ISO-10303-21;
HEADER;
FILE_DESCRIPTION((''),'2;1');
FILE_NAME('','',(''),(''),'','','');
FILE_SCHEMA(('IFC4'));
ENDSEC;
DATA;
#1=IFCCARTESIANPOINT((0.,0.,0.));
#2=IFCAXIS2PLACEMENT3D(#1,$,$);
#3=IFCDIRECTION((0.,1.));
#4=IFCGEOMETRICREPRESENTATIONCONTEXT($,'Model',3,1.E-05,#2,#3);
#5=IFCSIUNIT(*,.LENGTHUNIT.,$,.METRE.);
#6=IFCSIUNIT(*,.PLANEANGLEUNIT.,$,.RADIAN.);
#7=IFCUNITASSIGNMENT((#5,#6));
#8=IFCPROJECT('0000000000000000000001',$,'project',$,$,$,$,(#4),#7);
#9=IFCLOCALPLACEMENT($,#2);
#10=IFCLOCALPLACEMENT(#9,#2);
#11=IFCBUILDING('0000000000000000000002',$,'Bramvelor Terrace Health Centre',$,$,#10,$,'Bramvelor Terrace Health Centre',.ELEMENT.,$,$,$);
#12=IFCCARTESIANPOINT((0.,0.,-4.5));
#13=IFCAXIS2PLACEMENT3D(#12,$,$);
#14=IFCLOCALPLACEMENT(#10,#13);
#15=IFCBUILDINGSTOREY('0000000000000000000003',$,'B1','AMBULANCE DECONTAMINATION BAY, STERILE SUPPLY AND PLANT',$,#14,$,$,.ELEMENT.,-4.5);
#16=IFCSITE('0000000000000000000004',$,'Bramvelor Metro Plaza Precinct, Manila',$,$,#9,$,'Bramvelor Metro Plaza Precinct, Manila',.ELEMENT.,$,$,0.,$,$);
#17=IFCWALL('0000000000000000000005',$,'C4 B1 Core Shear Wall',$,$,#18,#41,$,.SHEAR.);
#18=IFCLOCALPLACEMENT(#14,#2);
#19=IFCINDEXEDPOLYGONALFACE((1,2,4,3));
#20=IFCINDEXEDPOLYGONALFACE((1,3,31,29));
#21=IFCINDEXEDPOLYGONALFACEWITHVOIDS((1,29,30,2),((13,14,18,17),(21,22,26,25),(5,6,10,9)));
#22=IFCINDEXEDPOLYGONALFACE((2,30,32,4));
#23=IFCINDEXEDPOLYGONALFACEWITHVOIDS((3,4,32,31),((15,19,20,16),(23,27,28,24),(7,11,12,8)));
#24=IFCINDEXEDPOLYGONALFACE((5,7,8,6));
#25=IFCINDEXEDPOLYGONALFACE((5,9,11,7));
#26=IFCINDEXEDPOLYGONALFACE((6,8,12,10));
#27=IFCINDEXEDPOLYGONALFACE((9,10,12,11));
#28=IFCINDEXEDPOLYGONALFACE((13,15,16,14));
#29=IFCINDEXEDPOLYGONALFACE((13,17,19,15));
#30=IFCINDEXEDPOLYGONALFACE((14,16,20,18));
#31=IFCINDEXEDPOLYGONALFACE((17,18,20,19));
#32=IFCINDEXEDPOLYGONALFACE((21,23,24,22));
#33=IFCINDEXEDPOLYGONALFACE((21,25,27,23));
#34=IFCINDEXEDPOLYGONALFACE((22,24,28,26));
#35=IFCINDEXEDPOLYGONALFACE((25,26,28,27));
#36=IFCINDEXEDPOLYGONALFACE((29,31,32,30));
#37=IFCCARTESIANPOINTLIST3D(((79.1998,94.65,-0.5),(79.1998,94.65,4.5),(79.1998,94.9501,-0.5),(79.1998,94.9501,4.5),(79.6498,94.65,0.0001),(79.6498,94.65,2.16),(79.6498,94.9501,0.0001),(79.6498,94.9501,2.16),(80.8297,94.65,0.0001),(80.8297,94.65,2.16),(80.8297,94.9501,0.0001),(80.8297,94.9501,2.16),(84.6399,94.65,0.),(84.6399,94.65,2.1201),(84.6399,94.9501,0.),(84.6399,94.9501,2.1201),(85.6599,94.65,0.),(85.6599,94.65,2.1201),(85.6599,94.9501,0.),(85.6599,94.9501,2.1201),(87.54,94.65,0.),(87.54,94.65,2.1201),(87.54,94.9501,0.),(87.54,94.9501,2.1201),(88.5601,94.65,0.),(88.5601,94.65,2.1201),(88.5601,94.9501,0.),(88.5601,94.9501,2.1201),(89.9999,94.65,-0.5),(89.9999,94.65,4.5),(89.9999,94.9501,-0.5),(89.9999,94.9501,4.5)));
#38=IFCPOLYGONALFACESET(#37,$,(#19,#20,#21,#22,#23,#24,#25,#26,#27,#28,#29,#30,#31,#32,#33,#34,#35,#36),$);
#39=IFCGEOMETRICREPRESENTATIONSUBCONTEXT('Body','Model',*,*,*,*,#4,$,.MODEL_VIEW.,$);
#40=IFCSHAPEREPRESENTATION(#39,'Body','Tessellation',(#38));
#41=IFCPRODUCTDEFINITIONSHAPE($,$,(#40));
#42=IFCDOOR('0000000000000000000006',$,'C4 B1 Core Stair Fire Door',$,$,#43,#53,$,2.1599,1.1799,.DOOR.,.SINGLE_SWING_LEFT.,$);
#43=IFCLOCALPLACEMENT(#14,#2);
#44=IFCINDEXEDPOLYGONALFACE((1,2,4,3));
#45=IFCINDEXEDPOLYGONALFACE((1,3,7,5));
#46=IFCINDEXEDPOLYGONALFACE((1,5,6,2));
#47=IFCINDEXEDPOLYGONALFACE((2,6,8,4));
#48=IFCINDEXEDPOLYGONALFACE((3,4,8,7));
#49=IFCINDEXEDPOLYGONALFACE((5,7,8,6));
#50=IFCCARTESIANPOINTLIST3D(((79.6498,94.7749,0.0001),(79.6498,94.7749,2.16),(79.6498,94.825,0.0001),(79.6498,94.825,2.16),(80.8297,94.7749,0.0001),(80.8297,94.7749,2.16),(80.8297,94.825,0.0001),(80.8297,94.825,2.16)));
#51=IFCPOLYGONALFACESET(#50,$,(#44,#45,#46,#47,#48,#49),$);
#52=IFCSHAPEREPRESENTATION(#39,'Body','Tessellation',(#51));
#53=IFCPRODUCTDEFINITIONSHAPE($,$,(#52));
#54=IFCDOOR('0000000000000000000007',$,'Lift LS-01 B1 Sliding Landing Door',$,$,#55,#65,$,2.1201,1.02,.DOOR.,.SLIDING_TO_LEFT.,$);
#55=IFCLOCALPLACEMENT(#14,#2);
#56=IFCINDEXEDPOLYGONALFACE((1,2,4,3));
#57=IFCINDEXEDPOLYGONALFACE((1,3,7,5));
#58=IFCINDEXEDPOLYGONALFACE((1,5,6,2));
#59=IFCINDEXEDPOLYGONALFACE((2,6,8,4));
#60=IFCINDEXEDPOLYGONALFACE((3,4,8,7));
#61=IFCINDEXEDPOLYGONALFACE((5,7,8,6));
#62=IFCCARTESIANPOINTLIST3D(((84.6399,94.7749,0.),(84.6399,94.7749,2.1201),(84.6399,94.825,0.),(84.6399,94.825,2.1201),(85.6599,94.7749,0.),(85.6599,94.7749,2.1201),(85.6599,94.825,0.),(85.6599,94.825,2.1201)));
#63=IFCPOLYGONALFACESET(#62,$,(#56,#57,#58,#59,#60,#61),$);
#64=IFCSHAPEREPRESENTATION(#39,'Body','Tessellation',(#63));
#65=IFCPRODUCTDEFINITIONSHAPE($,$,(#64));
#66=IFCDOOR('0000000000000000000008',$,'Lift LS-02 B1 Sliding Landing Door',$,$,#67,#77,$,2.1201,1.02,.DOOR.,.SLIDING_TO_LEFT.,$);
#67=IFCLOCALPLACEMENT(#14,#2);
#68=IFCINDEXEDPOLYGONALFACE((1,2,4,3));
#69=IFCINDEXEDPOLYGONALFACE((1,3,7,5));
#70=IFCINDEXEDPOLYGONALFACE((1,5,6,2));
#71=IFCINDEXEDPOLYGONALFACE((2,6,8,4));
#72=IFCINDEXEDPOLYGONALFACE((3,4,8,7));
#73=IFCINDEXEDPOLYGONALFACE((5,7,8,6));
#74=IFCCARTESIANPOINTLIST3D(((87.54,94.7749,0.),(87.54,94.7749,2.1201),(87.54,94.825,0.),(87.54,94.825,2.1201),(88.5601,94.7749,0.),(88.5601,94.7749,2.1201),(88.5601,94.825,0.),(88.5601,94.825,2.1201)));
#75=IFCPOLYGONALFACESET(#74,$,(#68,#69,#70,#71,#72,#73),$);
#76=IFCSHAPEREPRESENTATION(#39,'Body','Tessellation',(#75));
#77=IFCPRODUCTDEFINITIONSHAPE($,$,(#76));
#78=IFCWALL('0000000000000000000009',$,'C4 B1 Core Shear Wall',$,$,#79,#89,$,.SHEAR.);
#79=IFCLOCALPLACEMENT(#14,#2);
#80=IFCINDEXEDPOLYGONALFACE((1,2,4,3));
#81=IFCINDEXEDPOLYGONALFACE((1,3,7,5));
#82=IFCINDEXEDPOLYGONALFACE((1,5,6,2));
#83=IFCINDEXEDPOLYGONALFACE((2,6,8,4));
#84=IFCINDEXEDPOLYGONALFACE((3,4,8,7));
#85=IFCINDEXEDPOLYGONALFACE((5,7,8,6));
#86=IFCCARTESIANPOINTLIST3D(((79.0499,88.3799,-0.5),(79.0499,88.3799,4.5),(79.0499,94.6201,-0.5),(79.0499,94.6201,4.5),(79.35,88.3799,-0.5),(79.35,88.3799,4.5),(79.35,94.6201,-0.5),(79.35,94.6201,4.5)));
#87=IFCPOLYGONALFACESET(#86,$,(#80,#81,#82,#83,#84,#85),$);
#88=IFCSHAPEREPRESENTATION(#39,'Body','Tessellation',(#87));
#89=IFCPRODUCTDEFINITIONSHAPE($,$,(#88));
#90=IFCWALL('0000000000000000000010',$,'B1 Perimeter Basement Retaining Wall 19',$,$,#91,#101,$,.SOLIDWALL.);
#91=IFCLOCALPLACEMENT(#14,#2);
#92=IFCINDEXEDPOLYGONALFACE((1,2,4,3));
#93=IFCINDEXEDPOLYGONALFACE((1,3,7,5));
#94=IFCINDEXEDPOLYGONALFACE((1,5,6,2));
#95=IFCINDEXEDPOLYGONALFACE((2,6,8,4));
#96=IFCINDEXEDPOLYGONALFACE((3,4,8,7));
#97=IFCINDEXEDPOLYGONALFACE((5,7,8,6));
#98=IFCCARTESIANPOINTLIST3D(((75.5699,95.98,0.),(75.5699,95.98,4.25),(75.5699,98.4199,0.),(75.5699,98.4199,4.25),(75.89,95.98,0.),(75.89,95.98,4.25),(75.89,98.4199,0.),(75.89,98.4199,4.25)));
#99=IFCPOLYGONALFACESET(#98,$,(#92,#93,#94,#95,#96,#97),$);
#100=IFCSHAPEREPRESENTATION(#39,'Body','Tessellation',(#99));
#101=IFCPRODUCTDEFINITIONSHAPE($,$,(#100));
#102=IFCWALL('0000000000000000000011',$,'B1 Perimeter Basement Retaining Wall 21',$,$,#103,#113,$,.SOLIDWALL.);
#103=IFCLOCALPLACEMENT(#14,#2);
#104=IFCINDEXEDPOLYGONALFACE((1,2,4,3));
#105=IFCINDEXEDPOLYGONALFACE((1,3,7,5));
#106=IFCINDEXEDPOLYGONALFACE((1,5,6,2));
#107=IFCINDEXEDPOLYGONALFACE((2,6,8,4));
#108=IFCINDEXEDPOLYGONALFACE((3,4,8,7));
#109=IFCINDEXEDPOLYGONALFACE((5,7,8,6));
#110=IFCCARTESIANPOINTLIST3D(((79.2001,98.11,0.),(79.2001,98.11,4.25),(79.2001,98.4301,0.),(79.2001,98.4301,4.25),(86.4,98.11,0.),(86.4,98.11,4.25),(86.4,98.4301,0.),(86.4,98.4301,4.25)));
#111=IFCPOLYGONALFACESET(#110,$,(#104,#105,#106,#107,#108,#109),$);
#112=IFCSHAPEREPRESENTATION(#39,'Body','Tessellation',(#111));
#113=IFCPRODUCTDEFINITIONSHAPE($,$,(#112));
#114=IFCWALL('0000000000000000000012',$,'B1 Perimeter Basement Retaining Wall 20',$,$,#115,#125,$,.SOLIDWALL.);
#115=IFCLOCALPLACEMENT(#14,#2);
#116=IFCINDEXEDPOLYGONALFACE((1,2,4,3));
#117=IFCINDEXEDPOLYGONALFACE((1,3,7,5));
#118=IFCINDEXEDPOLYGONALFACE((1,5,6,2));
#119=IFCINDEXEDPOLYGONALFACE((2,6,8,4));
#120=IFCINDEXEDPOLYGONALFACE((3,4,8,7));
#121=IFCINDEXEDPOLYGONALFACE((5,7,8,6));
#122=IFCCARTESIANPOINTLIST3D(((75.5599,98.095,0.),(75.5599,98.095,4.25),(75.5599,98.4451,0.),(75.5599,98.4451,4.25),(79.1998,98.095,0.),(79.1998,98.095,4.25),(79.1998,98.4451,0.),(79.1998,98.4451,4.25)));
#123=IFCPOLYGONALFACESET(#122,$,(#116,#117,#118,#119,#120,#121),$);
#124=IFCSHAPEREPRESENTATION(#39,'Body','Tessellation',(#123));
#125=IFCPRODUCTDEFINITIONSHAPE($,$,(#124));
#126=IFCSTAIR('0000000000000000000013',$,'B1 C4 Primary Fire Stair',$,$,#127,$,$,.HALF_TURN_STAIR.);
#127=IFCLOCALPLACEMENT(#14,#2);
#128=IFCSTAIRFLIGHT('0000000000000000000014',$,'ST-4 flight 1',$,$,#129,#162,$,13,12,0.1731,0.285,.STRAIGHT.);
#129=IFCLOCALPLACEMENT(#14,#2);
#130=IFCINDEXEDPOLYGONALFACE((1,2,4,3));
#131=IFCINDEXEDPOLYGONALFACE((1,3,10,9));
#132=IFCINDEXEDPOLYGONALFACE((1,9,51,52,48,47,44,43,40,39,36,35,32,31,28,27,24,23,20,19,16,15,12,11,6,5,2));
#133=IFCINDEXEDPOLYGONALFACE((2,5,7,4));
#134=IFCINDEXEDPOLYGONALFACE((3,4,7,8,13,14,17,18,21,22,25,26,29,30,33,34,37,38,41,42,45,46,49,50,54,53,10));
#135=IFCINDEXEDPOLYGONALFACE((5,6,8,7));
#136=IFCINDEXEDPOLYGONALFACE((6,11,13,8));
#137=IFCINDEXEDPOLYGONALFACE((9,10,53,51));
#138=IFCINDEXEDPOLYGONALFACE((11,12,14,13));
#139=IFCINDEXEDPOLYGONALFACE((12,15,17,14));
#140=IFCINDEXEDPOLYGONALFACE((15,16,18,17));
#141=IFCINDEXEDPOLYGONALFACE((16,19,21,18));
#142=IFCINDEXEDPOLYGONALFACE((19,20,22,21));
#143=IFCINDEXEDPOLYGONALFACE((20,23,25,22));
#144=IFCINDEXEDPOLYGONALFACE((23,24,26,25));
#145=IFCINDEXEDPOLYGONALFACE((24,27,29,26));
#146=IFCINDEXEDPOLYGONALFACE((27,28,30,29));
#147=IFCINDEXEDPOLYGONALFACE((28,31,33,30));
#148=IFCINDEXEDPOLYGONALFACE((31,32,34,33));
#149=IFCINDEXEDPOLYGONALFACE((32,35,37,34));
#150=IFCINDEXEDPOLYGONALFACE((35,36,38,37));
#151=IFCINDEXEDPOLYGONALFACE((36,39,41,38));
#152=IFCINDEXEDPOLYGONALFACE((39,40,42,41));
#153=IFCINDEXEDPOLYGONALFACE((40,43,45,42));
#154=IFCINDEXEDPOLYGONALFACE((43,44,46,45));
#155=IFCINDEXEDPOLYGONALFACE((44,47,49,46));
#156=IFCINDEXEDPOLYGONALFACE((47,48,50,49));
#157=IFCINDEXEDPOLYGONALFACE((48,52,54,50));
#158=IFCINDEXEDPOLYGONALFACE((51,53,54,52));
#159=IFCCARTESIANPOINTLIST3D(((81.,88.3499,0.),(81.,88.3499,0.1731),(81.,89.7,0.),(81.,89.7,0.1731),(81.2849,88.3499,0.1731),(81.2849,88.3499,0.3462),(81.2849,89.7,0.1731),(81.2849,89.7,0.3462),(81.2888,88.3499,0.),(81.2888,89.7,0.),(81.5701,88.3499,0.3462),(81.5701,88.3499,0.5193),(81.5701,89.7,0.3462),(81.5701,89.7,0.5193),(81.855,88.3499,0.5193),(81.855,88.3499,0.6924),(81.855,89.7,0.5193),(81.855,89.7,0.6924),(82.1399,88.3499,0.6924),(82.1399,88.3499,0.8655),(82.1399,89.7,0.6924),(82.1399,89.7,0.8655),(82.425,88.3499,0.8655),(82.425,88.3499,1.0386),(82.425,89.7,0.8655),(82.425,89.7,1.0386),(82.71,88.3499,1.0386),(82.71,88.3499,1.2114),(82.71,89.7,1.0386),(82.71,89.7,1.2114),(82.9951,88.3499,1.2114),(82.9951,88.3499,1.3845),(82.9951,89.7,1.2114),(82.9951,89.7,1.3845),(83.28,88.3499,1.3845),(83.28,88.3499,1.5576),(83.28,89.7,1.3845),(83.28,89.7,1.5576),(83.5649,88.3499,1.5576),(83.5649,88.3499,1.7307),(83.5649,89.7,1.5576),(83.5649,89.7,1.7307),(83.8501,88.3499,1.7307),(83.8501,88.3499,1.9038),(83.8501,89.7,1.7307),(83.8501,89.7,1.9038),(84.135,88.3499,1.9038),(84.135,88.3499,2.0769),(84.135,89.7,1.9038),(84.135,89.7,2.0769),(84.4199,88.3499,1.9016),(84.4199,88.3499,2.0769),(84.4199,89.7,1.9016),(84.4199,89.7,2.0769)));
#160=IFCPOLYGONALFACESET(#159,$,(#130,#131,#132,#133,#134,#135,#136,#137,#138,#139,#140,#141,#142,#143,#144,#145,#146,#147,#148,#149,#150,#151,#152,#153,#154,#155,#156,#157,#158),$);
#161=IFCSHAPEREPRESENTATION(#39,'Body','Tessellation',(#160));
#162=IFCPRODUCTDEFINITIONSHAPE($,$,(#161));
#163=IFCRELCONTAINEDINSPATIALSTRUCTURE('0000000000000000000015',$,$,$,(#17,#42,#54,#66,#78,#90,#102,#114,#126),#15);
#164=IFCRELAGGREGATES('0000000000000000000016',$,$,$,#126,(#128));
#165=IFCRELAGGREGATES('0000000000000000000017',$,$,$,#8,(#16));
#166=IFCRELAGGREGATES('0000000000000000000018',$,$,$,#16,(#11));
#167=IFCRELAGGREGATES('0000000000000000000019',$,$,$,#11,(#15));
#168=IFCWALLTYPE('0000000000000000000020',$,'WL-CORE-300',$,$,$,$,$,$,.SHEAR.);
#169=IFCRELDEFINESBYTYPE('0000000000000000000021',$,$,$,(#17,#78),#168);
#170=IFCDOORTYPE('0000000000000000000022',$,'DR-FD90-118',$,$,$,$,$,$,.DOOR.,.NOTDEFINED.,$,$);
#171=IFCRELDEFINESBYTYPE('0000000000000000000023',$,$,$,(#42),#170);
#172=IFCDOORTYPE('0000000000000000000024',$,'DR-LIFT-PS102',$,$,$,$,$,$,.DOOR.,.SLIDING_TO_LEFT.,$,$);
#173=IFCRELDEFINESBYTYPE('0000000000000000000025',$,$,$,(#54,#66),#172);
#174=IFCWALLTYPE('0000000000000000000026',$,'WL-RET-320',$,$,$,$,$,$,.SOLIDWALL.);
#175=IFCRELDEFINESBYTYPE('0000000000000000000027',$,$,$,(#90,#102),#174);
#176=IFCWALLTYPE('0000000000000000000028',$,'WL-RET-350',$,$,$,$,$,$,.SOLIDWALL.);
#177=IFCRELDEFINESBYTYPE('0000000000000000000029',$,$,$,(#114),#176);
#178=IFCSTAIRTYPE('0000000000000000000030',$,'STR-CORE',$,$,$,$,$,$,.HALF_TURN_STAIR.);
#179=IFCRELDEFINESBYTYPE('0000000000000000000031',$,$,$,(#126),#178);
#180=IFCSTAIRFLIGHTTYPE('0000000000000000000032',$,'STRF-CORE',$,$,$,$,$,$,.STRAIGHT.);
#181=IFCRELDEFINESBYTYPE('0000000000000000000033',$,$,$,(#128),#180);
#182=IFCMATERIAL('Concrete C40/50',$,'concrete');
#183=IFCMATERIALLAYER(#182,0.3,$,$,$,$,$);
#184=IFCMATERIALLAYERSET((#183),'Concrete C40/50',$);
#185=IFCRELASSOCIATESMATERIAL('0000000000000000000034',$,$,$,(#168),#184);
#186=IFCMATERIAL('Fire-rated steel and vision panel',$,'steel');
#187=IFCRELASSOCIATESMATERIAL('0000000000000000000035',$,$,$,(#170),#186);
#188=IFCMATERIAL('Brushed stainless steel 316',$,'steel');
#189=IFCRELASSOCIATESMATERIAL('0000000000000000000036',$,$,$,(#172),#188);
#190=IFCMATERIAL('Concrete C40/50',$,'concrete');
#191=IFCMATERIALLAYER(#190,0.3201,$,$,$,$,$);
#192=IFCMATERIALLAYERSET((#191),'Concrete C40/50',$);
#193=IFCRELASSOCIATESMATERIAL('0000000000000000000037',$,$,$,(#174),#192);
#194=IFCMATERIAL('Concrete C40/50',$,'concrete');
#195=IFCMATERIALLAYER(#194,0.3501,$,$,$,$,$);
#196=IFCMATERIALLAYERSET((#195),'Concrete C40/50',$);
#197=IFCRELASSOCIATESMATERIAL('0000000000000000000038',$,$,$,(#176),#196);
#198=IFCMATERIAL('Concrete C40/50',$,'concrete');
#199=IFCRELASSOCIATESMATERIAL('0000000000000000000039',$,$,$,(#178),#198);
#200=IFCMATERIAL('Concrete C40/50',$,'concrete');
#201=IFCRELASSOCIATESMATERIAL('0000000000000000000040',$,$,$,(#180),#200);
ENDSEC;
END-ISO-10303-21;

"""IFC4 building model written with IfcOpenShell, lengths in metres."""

from ifc_helpers import new_model, si_unit, direction, frame, frame_2d, origin, place, context, subcontext, project, spatial, polyline, rectangle, outline, extrude, material, layer, layer_set, type_object, element, fill, aggregate, save


model = new_model("IFC4")

# Units and contexts
model_context = context("Model", 3, precision=1e-05, world=origin(), true_north=direction((0.0, 1.0)))
body_context = subcontext(model_context, "Body", "Model", "MODEL_VIEW")
ifc_project = project(units=[si_unit("LENGTHUNIT", "METRE"), si_unit("PLANEANGLEUNIT", "RADIAN")], contexts=[model_context])

# Site, building, storey
site_placement = place(None, origin())
site = spatial("IfcSite", under=ifc_project, at=site_placement, Name="Bramvelor Metro Plaza Precinct, Manila", LongName="Bramvelor Metro Plaza Precinct, Manila", CompositionType="ELEMENT", RefElevation=0.0)
building_placement = place(site_placement, origin())
building = spatial("IfcBuilding", under=site, at=building_placement, Name="Bramvelor Terrace Health Centre", LongName="Bramvelor Terrace Health Centre", CompositionType="ELEMENT")
storey_placement = place(building_placement, frame((0.0, 0.0, -4.5)))
storey = spatial("IfcBuildingStorey", under=building, at=storey_placement, Name="B1", Description="AMBULANCE DECONTAMINATION BAY, STERILE SUPPLY AND PLANT", CompositionType="ELEMENT", Elevation=-4.5)

# Shared definitions
ifc_material_1 = material(Name="Concrete C40/50", Category="concrete")
ifc_layer_1 = layer(ifc_material_1, 0.3)
ifc_layer_set_1 = layer_set([ifc_layer_1], Name="Concrete C40/50")
wall_type_1 = type_object("IfcWallType", Name="WL-CORE-300", PredefinedType="SHEAR", material=ifc_layer_set_1)

# Wall, openings, doors
wall_1_placement = place(storey_placement, frame((79.2, 94.8, -0.5), z_axis=(0.0, 0.0, 1.0), x_axis=(1.0, 0.0, 0.0)))
wall_1 = element("IfcWall", 1, at=wall_1_placement, inside=storey, type_object=wall_type_1, Name="C4 B1 Core Shear Wall", PredefinedType="SHEAR", context=body_context, shape_type="SweptSolid", body=[
    extrude(rectangle(XDim=10.8, YDim=0.3, at=frame_2d((5.3999, 0.0))), origin(), (0.0, 0.0, 1.0), 5.0),
])
opening_1_placement = place(wall_1_placement, frame((0.45, 0.0, 0.5)))
opening_1 = element("IfcOpeningElement", 2, at=opening_1_placement, cuts=wall_1, PredefinedType="OPENING", context=body_context, shape_type="SweptSolid", body=[
    extrude(rectangle(XDim=1.1799, YDim=2.1599, at=frame_2d((0.5898, 1.0801))), frame((0.0, 0.1599, 0.0), z_axis=(0.0, -1.0, 0.0), x_axis=(1.0, 0.0, 0.0)), (0.0, 0.0, 1.0), 0.3201),
])
opening_2_placement = place(wall_1_placement, frame((5.4399, 0.0, 0.5)))
opening_2 = element("IfcOpeningElement", 3, at=opening_2_placement, cuts=wall_1, PredefinedType="OPENING", context=body_context, shape_type="SweptSolid", body=[
    extrude(rectangle(XDim=1.02, YDim=2.1201, at=frame_2d((0.51, 1.0601))), frame((0.0, 0.1599, 0.0), z_axis=(0.0, -1.0, 0.0), x_axis=(1.0, 0.0, 0.0)), (0.0, 0.0, 1.0), 0.3201),
])
opening_3_placement = place(wall_1_placement, frame((8.3401, 0.0, 0.5)))
opening_3 = element("IfcOpeningElement", 4, at=opening_3_placement, cuts=wall_1, PredefinedType="OPENING", context=body_context, shape_type="SweptSolid", body=[
    extrude(rectangle(XDim=1.02, YDim=2.1201, at=frame_2d((0.51, 1.0601))), frame((0.0, 0.1599, 0.0), z_axis=(0.0, -1.0, 0.0), x_axis=(1.0, 0.0, 0.0)), (0.0, 0.0, 1.0), 0.3201),
])
ifc_material_2 = material(Name="Fire-rated steel and vision panel", Category="steel")
door_type_1 = type_object("IfcDoorType", Name="DR-FD90-118", OperationType="NOTDEFINED", PredefinedType="DOOR", material=ifc_material_2)
door_1_placement = place(opening_1_placement, origin())
door_1 = element("IfcDoor", 5, at=door_1_placement, inside=storey, type_object=door_type_1, Name="C4 B1 Core Stair Fire Door", OperationType="SINGLE_SWING_LEFT", OverallHeight=2.1599, OverallWidth=1.1799, PredefinedType="DOOR", context=body_context, shape_type="SweptSolid", body=[
    extrude(rectangle(XDim=1.1799, YDim=2.1599, at=frame_2d((0.5898, 1.0801))), frame((0.0, 0.0249, 0.0), z_axis=(0.0, -1.0, 0.0), x_axis=(1.0, 0.0, 0.0)), (0.0, 0.0, 1.0), 0.05),
])
fill(opening_1, door_1)
ifc_material_3 = material(Name="Brushed stainless steel 316", Category="steel")
door_type_2 = type_object("IfcDoorType", Name="DR-LIFT-PS102", OperationType="SLIDING_TO_LEFT", PredefinedType="DOOR", material=ifc_material_3)
door_2_placement = place(opening_2_placement, origin())
door_2 = element("IfcDoor", 6, at=door_2_placement, inside=storey, type_object=door_type_2, Name="Lift LS-01 B1 Sliding Landing Door", OperationType="SLIDING_TO_LEFT", OverallHeight=2.1201, OverallWidth=1.02, PredefinedType="DOOR", context=body_context, shape_type="SweptSolid", body=[
    extrude(rectangle(XDim=1.02, YDim=2.1201, at=frame_2d((0.51, 1.0601))), frame((0.0, 0.0249, 0.0), z_axis=(0.0, -1.0, 0.0), x_axis=(1.0, 0.0, 0.0)), (0.0, 0.0, 1.0), 0.05),
])
fill(opening_2, door_2)
door_3_placement = place(opening_3_placement, origin())
door_3 = element("IfcDoor", 7, at=door_3_placement, inside=storey, type_object=door_type_2, Name="Lift LS-02 B1 Sliding Landing Door", OperationType="SLIDING_TO_LEFT", OverallHeight=2.1201, OverallWidth=1.02, PredefinedType="DOOR", context=body_context, shape_type="SweptSolid", body=[
    extrude(rectangle(XDim=1.02, YDim=2.1201, at=frame_2d((0.51, 1.0601))), frame((0.0, 0.0249, 0.0), z_axis=(0.0, -1.0, 0.0), x_axis=(1.0, 0.0, 0.0)), (0.0, 0.0, 1.0), 0.05),
])
fill(opening_3, door_3)

# Walls
wall_2_placement = place(storey_placement, frame((79.2, 88.3799, -0.5), z_axis=(0.0, 0.0, 1.0), x_axis=(0.0, 1.0, 0.0)))
element("IfcWall", 8, at=wall_2_placement, inside=storey, type_object=wall_type_1, Name="C4 B1 Core Shear Wall", PredefinedType="SHEAR", context=body_context, shape_type="SweptSolid", body=[
    extrude(rectangle(XDim=6.2402, YDim=0.3, at=frame_2d((3.1201, 0.0))), origin(), (0.0, 0.0, 1.0), 5.0),
])
ifc_material_4 = material(Name="Concrete C40/50", Category="concrete")
ifc_layer_2 = layer(ifc_material_4, 0.3201)
ifc_layer_set_2 = layer_set([ifc_layer_2], Name="Concrete C40/50")
wall_type_2 = type_object("IfcWallType", Name="WL-RET-320", PredefinedType="SOLIDWALL", material=ifc_layer_set_2)
wall_3_placement = place(storey_placement, frame((75.73, 95.98, 0.0), z_axis=(0.0, 0.0, 1.0), x_axis=(0.0, 1.0, 0.0)))
element("IfcWall", 9, at=wall_3_placement, inside=storey, type_object=wall_type_2, Name="B1 Perimeter Basement Retaining Wall 19", PredefinedType="SOLIDWALL", context=body_context, shape_type="SweptSolid", body=[
    extrude(rectangle(XDim=2.4399, YDim=0.3201, at=frame_2d((1.22, 0.0))), origin(), (0.0, 0.0, 1.0), 4.25),
])
wall_4_placement = place(storey_placement, frame((79.2, 98.27, 0.0), z_axis=(0.0, 0.0, 1.0), x_axis=(1.0, 0.0, 0.0)))
element("IfcWall", 10, at=wall_4_placement, inside=storey, type_object=wall_type_2, Name="B1 Perimeter Basement Retaining Wall 21", PredefinedType="SOLIDWALL", context=body_context, shape_type="SweptSolid", body=[
    extrude(rectangle(XDim=7.2, YDim=0.3201, at=frame_2d((3.6001, 0.0))), origin(), (0.0, 0.0, 1.0), 4.25),
])
ifc_material_5 = material(Name="Concrete C40/50", Category="concrete")
ifc_layer_3 = layer(ifc_material_5, 0.3501)
ifc_layer_set_3 = layer_set([ifc_layer_3], Name="Concrete C40/50")
wall_type_3 = type_object("IfcWallType", Name="WL-RET-350", PredefinedType="SOLIDWALL", material=ifc_layer_set_3)
wall_5_placement = place(storey_placement, frame((75.5601, 98.27, 0.0), z_axis=(0.0, 0.0, 1.0), x_axis=(1.0, 0.0, 0.0)))
element("IfcWall", 11, at=wall_5_placement, inside=storey, type_object=wall_type_3, Name="B1 Perimeter Basement Retaining Wall 20", PredefinedType="SOLIDWALL", context=body_context, shape_type="SweptSolid", body=[
    extrude(rectangle(XDim=3.6399, YDim=0.3501, at=frame_2d((1.8198, 0.0))), origin(), (0.0, 0.0, 1.0), 4.25),
])

# Stair, stair flight
ifc_material_6 = material(Name="Concrete C40/50", Category="concrete")
stair_type = type_object("IfcStairType", Name="STR-CORE", PredefinedType="HALF_TURN_STAIR", material=ifc_material_6)
stair_placement = place(storey_placement, origin())
stair = element("IfcStair", 12, at=stair_placement, inside=storey, type_object=stair_type, Name="B1 C4 Primary Fire Stair", PredefinedType="HALF_TURN_STAIR")
ifc_material_7 = material(Name="Concrete C40/50", Category="concrete")
stair_flight_type = type_object("IfcStairFlightType", Name="STRF-CORE", PredefinedType="STRAIGHT", material=ifc_material_7)
stair_flight_placement = place(storey_placement, frame((81.0, 89.0249, 0.0), z_axis=(0.0, 0.0, 1.0), x_axis=(1.0, 0.0, 0.0)))
stair_flight = element("IfcStairFlight", 13, at=stair_flight_placement, type_object=stair_flight_type, Name="ST-4 flight 1", NumberOfRisers=13, NumberOfTreads=12, PredefinedType="STRAIGHT", RiserHeight=0.1731, TreadLength=0.285, context=body_context, shape_type="SweptSolid", body=[
    extrude(outline(polyline([(0.0, 0.0), (0.0, 0.1731), (0.2849, 0.1731), (0.2849, 0.3462), (0.5701, 0.3462), (0.5701, 0.5193), (0.855, 0.5193), (0.855, 0.6924), (1.1399, 0.6924), (1.1399, 0.8655), (1.425, 0.8655), (1.425, 1.0386), (1.71, 1.0386), (1.71, 1.2114), (1.9951, 1.2114), (1.9951, 1.3845), (2.28, 1.3845), (2.28, 1.5576), (2.5649, 1.5576), (2.5649, 1.7307), (2.8501, 1.7307), (2.8501, 1.9038), (3.135, 1.9038), (3.135, 2.0769), (3.4199, 2.0769), (3.4199, 2.25), (3.4199, 1.9016), (0.2888, 0.0), (0.0, 0.0)])), frame((0.0, 0.675, 0.0), z_axis=(0.0, -1.0, 0.0), x_axis=(1.0, 0.0, 0.0)), (0.0, 0.0, 1.0), 1.3501),
])
aggregate(stair, [stair_flight])

save(model, "model.ifc")
